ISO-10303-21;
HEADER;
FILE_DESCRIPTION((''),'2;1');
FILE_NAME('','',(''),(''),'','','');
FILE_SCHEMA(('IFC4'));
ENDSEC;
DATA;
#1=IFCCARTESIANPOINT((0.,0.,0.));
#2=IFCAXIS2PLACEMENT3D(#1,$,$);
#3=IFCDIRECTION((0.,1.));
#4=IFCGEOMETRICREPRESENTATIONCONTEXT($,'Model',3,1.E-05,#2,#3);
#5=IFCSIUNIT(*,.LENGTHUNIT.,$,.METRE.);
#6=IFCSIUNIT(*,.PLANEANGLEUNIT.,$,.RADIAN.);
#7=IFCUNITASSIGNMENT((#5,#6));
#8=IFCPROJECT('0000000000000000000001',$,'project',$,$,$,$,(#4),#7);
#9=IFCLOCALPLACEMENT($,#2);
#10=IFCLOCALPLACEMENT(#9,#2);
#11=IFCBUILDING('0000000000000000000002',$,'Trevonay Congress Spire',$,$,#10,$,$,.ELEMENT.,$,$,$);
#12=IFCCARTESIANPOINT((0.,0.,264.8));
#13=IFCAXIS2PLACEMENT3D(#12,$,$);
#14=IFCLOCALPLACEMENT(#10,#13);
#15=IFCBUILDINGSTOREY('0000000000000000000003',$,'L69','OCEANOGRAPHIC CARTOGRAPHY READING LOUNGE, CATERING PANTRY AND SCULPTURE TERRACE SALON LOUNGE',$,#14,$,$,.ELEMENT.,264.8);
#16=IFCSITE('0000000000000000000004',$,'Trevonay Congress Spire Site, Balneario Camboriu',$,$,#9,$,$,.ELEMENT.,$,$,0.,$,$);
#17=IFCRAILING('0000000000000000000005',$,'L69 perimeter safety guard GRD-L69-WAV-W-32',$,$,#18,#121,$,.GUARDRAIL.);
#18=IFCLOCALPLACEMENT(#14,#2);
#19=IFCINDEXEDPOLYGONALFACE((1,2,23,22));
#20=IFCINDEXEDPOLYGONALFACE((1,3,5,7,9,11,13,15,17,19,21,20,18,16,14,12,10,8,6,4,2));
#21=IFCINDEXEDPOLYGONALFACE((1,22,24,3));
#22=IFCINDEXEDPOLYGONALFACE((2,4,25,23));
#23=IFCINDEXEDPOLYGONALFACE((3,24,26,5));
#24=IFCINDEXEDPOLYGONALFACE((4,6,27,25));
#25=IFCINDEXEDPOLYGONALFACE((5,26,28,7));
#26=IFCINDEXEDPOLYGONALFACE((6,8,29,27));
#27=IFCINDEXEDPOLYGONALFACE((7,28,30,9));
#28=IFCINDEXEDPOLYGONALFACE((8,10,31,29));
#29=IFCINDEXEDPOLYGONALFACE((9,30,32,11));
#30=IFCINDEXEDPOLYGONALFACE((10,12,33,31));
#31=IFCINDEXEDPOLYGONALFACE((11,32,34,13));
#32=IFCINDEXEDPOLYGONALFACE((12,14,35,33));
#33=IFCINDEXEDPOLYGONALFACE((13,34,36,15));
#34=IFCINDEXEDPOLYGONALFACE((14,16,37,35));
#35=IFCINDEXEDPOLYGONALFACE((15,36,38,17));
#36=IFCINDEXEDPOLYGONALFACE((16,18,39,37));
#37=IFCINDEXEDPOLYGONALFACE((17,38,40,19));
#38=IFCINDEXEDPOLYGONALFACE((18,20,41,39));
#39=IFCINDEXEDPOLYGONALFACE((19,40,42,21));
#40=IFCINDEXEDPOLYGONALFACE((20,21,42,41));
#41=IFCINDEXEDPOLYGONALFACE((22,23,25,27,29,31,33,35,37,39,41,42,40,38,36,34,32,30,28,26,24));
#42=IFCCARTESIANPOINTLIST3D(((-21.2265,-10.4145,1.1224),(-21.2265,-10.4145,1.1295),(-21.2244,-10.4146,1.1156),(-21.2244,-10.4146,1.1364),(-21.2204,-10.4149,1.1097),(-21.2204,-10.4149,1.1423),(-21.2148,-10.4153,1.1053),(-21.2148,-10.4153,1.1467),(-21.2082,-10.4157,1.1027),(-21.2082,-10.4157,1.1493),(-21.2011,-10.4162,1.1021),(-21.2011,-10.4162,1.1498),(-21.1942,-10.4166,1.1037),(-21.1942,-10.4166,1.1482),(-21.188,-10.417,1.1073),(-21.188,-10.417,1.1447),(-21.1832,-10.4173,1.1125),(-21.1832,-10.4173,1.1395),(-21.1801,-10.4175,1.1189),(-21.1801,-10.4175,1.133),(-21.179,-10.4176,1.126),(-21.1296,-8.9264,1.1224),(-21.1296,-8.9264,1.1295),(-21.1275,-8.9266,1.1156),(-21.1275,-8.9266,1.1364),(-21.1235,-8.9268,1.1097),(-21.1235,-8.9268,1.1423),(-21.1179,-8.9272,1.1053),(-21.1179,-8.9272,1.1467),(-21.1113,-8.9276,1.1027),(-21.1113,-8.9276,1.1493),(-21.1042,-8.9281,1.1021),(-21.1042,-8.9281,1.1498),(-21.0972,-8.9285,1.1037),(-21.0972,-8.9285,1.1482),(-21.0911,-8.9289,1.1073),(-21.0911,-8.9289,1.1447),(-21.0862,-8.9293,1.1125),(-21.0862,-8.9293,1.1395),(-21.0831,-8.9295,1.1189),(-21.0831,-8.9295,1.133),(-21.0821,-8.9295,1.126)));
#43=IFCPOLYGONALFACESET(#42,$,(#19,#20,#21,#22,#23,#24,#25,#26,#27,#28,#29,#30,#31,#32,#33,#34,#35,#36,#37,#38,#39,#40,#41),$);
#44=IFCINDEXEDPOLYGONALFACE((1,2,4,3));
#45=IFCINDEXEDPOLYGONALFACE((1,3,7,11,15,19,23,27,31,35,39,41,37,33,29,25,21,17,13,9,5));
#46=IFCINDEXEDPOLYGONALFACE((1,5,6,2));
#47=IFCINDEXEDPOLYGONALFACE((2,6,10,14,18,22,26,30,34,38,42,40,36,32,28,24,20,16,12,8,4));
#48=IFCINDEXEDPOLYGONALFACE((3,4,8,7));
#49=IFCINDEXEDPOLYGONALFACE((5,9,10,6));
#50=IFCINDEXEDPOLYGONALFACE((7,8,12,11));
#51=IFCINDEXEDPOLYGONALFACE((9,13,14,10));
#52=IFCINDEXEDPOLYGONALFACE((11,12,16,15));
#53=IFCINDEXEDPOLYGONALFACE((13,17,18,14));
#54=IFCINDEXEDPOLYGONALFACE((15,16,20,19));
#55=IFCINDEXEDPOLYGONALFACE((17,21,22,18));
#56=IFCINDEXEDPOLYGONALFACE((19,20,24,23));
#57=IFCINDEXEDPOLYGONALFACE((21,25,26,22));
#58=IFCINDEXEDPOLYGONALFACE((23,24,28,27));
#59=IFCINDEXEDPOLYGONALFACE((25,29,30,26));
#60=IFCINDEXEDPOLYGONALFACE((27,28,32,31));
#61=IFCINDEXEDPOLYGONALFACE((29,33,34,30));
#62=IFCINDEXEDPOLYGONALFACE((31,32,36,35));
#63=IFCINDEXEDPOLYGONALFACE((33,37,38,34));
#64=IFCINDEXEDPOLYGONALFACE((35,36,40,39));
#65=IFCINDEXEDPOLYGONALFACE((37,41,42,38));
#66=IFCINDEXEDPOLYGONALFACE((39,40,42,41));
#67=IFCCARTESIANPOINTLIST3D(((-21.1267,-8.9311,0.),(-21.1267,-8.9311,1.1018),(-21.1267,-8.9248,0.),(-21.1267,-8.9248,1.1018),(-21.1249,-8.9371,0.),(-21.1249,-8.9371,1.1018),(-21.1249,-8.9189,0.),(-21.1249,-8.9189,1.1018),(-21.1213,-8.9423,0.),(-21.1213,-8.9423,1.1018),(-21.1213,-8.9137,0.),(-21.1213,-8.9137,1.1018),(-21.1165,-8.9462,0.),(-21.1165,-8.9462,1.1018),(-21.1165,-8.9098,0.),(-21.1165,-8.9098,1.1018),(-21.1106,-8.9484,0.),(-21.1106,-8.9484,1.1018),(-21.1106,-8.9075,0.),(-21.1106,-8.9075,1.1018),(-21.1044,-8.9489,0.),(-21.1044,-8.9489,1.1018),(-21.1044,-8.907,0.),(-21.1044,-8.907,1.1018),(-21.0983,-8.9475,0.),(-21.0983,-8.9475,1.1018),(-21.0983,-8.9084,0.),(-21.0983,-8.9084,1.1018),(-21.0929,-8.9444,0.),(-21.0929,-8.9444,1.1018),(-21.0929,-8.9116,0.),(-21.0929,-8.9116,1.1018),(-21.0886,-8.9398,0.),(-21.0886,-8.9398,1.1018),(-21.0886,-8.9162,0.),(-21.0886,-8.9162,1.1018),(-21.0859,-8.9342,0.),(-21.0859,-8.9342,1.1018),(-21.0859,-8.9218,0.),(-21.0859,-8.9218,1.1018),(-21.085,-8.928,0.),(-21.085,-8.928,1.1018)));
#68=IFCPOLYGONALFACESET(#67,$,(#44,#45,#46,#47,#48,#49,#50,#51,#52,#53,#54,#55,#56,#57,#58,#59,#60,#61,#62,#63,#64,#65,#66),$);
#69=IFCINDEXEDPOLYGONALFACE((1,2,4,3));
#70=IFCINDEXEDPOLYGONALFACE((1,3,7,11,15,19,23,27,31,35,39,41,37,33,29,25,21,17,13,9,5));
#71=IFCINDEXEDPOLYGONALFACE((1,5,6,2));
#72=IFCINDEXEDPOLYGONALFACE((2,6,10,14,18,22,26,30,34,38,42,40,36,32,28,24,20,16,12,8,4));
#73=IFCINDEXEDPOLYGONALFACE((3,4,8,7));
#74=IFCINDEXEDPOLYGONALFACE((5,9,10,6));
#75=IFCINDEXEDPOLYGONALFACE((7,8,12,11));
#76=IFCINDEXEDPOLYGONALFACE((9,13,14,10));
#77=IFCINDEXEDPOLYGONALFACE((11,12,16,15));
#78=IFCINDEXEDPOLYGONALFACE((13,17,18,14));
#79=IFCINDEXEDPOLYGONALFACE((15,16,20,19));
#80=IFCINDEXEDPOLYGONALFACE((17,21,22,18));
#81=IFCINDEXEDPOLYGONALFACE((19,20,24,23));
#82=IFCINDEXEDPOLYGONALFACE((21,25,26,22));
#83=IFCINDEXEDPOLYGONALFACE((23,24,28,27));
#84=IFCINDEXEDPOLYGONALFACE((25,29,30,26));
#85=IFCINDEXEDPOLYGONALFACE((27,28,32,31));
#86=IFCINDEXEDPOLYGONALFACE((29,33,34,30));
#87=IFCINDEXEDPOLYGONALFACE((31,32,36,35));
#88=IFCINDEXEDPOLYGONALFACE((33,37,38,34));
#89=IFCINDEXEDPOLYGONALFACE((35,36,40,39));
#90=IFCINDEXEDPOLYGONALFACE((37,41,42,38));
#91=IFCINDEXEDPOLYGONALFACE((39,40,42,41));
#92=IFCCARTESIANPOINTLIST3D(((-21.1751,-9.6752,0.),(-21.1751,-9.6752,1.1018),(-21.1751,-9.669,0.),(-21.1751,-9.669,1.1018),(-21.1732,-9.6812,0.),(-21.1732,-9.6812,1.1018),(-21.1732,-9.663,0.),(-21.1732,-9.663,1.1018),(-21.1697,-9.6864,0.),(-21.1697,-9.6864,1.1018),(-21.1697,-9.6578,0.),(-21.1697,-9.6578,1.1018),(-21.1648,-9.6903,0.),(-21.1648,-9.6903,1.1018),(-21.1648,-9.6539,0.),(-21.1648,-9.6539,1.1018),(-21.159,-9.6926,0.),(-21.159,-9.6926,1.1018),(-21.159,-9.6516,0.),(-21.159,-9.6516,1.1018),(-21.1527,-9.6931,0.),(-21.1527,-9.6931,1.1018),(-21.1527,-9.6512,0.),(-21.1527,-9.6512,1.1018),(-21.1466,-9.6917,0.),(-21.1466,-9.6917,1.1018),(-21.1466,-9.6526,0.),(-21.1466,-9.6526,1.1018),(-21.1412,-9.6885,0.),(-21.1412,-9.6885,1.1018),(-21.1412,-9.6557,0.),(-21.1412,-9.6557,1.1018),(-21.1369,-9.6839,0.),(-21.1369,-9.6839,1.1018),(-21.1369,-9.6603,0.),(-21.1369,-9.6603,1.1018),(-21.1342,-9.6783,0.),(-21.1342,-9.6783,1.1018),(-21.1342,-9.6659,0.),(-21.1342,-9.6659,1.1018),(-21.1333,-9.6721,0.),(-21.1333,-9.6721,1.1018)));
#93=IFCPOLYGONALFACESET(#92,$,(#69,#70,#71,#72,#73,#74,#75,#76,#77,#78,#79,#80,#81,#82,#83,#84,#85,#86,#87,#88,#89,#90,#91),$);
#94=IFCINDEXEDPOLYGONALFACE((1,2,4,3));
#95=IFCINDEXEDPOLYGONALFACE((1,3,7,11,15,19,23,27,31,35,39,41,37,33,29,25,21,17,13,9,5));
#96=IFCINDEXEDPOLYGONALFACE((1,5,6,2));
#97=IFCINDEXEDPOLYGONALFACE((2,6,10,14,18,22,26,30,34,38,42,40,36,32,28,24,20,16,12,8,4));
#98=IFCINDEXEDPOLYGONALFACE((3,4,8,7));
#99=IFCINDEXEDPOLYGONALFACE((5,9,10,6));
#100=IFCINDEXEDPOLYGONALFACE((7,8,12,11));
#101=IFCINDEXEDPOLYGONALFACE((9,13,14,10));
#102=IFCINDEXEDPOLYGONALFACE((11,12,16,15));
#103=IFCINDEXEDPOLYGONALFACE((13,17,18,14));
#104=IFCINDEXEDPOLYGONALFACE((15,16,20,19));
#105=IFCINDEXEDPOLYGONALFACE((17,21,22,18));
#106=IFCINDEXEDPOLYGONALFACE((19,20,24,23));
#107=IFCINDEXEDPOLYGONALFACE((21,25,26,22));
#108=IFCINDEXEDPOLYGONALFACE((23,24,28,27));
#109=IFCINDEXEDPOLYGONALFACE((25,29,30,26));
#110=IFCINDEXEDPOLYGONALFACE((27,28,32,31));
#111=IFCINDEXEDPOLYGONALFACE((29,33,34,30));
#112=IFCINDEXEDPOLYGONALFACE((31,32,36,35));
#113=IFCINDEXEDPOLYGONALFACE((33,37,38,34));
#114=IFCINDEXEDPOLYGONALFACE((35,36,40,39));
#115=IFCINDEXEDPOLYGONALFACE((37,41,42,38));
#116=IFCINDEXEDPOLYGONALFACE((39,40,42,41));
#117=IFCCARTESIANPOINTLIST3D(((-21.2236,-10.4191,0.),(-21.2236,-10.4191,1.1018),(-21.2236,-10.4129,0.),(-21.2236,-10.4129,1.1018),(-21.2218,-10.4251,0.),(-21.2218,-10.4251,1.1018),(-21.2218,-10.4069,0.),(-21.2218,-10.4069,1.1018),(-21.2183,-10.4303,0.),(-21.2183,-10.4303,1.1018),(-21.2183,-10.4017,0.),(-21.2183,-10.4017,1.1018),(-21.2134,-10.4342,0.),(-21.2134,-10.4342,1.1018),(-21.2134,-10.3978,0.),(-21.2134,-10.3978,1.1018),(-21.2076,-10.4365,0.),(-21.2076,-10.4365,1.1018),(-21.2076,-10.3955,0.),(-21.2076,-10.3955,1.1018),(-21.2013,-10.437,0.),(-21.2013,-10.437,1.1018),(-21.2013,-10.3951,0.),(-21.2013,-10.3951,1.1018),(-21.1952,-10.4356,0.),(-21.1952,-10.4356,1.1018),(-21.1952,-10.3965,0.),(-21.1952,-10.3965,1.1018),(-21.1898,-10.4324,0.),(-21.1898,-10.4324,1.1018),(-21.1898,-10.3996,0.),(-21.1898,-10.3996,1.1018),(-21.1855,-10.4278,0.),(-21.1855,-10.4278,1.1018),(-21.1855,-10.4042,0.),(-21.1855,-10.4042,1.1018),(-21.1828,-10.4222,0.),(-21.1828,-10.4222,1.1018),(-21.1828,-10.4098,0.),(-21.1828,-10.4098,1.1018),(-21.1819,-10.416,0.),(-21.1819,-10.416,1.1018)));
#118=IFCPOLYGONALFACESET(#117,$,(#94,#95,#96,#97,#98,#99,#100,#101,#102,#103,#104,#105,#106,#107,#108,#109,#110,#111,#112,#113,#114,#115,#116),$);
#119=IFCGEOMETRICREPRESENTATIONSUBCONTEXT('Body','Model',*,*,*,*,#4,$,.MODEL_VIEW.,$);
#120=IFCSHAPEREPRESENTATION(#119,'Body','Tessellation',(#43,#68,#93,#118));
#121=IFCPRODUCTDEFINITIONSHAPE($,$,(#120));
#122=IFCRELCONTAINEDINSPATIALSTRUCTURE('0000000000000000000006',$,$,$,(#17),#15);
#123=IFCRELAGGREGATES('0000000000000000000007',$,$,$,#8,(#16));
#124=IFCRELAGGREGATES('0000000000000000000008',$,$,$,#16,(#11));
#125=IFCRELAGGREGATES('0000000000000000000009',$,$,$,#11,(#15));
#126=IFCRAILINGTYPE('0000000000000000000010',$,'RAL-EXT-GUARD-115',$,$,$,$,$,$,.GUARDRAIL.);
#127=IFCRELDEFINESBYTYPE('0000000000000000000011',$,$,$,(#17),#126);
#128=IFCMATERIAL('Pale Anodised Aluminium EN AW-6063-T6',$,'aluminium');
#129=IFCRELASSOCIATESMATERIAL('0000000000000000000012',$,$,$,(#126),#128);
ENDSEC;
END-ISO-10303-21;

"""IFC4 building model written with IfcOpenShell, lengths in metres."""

from ifc_helpers import new_model, si_unit, direction, frame, origin, origin_2d, place, context, subcontext, project, spatial, circle, extrude, material, type_object, element, save


model = new_model("IFC4")

# Units and contexts
model_context = context("Model", 3, precision=1e-05, world=origin(), true_north=direction((0.0, 1.0)))
body_context = subcontext(model_context, "Body", "Model", "MODEL_VIEW")
ifc_project = project(units=[si_unit("LENGTHUNIT", "METRE"), si_unit("PLANEANGLEUNIT", "RADIAN")], contexts=[model_context])

# Site, building, storey
site_placement = place(None, origin())
site = spatial("IfcSite", under=ifc_project, at=site_placement, Name="Trevonay Congress Spire Site, Balneario Camboriu", CompositionType="ELEMENT", RefElevation=0.0)
building_placement = place(site_placement, origin())
building = spatial("IfcBuilding", under=site, at=building_placement, Name="Trevonay Congress Spire", CompositionType="ELEMENT")
storey_placement = place(building_placement, frame((0.0, 0.0, 264.8)))
storey = spatial("IfcBuildingStorey", under=building, at=storey_placement, Name="L69", Description="OCEANOGRAPHIC CARTOGRAPHY READING LOUNGE, CATERING PANTRY AND SCULPTURE TERRACE SALON LOUNGE", CompositionType="ELEMENT", Elevation=264.8)

# Shared definitions
ifc_material_1 = material(Name="Pale Anodised Aluminium EN AW-6063-T6", Category="aluminium")

# Railing
railing_type = type_object("IfcRailingType", Name="RAL-EXT-GUARD-115", PredefinedType="GUARDRAIL", material=ifc_material_1)
railing_1_placement = place(storey_placement, frame((-21.106, -8.928, 0.0)))
element("IfcRailing", 1, at=railing_1_placement, inside=storey, type_object=railing_type, Name="L69 perimeter safety guard GRD-L69-WAV-W-32", PredefinedType="GUARDRAIL", context=body_context, shape_type="SweptSolid", body=[
    extrude(circle(Radius=0.0239, at=origin_2d()), frame((0.0, 0.0, 1.126), z_axis=(-0.064998, -0.997885, 0.0), x_axis=(0.997885, -0.064998, 0.0)), (0.0, 0.0, 1.0), 1.4912),
    extrude(circle(Radius=0.021, at=origin_2d()), origin(), (0.0, 0.0, 1.0), 1.1018),
    extrude(circle(Radius=0.021, at=origin_2d()), frame((-0.0483, -0.7441, 0.0)), (0.0, 0.0, 1.0), 1.1018),
    extrude(circle(Radius=0.021, at=origin_2d()), frame((-0.0969, -1.488, 0.0)), (0.0, 0.0, 1.0), 1.1018),
])

save(model, "model.ifc")
